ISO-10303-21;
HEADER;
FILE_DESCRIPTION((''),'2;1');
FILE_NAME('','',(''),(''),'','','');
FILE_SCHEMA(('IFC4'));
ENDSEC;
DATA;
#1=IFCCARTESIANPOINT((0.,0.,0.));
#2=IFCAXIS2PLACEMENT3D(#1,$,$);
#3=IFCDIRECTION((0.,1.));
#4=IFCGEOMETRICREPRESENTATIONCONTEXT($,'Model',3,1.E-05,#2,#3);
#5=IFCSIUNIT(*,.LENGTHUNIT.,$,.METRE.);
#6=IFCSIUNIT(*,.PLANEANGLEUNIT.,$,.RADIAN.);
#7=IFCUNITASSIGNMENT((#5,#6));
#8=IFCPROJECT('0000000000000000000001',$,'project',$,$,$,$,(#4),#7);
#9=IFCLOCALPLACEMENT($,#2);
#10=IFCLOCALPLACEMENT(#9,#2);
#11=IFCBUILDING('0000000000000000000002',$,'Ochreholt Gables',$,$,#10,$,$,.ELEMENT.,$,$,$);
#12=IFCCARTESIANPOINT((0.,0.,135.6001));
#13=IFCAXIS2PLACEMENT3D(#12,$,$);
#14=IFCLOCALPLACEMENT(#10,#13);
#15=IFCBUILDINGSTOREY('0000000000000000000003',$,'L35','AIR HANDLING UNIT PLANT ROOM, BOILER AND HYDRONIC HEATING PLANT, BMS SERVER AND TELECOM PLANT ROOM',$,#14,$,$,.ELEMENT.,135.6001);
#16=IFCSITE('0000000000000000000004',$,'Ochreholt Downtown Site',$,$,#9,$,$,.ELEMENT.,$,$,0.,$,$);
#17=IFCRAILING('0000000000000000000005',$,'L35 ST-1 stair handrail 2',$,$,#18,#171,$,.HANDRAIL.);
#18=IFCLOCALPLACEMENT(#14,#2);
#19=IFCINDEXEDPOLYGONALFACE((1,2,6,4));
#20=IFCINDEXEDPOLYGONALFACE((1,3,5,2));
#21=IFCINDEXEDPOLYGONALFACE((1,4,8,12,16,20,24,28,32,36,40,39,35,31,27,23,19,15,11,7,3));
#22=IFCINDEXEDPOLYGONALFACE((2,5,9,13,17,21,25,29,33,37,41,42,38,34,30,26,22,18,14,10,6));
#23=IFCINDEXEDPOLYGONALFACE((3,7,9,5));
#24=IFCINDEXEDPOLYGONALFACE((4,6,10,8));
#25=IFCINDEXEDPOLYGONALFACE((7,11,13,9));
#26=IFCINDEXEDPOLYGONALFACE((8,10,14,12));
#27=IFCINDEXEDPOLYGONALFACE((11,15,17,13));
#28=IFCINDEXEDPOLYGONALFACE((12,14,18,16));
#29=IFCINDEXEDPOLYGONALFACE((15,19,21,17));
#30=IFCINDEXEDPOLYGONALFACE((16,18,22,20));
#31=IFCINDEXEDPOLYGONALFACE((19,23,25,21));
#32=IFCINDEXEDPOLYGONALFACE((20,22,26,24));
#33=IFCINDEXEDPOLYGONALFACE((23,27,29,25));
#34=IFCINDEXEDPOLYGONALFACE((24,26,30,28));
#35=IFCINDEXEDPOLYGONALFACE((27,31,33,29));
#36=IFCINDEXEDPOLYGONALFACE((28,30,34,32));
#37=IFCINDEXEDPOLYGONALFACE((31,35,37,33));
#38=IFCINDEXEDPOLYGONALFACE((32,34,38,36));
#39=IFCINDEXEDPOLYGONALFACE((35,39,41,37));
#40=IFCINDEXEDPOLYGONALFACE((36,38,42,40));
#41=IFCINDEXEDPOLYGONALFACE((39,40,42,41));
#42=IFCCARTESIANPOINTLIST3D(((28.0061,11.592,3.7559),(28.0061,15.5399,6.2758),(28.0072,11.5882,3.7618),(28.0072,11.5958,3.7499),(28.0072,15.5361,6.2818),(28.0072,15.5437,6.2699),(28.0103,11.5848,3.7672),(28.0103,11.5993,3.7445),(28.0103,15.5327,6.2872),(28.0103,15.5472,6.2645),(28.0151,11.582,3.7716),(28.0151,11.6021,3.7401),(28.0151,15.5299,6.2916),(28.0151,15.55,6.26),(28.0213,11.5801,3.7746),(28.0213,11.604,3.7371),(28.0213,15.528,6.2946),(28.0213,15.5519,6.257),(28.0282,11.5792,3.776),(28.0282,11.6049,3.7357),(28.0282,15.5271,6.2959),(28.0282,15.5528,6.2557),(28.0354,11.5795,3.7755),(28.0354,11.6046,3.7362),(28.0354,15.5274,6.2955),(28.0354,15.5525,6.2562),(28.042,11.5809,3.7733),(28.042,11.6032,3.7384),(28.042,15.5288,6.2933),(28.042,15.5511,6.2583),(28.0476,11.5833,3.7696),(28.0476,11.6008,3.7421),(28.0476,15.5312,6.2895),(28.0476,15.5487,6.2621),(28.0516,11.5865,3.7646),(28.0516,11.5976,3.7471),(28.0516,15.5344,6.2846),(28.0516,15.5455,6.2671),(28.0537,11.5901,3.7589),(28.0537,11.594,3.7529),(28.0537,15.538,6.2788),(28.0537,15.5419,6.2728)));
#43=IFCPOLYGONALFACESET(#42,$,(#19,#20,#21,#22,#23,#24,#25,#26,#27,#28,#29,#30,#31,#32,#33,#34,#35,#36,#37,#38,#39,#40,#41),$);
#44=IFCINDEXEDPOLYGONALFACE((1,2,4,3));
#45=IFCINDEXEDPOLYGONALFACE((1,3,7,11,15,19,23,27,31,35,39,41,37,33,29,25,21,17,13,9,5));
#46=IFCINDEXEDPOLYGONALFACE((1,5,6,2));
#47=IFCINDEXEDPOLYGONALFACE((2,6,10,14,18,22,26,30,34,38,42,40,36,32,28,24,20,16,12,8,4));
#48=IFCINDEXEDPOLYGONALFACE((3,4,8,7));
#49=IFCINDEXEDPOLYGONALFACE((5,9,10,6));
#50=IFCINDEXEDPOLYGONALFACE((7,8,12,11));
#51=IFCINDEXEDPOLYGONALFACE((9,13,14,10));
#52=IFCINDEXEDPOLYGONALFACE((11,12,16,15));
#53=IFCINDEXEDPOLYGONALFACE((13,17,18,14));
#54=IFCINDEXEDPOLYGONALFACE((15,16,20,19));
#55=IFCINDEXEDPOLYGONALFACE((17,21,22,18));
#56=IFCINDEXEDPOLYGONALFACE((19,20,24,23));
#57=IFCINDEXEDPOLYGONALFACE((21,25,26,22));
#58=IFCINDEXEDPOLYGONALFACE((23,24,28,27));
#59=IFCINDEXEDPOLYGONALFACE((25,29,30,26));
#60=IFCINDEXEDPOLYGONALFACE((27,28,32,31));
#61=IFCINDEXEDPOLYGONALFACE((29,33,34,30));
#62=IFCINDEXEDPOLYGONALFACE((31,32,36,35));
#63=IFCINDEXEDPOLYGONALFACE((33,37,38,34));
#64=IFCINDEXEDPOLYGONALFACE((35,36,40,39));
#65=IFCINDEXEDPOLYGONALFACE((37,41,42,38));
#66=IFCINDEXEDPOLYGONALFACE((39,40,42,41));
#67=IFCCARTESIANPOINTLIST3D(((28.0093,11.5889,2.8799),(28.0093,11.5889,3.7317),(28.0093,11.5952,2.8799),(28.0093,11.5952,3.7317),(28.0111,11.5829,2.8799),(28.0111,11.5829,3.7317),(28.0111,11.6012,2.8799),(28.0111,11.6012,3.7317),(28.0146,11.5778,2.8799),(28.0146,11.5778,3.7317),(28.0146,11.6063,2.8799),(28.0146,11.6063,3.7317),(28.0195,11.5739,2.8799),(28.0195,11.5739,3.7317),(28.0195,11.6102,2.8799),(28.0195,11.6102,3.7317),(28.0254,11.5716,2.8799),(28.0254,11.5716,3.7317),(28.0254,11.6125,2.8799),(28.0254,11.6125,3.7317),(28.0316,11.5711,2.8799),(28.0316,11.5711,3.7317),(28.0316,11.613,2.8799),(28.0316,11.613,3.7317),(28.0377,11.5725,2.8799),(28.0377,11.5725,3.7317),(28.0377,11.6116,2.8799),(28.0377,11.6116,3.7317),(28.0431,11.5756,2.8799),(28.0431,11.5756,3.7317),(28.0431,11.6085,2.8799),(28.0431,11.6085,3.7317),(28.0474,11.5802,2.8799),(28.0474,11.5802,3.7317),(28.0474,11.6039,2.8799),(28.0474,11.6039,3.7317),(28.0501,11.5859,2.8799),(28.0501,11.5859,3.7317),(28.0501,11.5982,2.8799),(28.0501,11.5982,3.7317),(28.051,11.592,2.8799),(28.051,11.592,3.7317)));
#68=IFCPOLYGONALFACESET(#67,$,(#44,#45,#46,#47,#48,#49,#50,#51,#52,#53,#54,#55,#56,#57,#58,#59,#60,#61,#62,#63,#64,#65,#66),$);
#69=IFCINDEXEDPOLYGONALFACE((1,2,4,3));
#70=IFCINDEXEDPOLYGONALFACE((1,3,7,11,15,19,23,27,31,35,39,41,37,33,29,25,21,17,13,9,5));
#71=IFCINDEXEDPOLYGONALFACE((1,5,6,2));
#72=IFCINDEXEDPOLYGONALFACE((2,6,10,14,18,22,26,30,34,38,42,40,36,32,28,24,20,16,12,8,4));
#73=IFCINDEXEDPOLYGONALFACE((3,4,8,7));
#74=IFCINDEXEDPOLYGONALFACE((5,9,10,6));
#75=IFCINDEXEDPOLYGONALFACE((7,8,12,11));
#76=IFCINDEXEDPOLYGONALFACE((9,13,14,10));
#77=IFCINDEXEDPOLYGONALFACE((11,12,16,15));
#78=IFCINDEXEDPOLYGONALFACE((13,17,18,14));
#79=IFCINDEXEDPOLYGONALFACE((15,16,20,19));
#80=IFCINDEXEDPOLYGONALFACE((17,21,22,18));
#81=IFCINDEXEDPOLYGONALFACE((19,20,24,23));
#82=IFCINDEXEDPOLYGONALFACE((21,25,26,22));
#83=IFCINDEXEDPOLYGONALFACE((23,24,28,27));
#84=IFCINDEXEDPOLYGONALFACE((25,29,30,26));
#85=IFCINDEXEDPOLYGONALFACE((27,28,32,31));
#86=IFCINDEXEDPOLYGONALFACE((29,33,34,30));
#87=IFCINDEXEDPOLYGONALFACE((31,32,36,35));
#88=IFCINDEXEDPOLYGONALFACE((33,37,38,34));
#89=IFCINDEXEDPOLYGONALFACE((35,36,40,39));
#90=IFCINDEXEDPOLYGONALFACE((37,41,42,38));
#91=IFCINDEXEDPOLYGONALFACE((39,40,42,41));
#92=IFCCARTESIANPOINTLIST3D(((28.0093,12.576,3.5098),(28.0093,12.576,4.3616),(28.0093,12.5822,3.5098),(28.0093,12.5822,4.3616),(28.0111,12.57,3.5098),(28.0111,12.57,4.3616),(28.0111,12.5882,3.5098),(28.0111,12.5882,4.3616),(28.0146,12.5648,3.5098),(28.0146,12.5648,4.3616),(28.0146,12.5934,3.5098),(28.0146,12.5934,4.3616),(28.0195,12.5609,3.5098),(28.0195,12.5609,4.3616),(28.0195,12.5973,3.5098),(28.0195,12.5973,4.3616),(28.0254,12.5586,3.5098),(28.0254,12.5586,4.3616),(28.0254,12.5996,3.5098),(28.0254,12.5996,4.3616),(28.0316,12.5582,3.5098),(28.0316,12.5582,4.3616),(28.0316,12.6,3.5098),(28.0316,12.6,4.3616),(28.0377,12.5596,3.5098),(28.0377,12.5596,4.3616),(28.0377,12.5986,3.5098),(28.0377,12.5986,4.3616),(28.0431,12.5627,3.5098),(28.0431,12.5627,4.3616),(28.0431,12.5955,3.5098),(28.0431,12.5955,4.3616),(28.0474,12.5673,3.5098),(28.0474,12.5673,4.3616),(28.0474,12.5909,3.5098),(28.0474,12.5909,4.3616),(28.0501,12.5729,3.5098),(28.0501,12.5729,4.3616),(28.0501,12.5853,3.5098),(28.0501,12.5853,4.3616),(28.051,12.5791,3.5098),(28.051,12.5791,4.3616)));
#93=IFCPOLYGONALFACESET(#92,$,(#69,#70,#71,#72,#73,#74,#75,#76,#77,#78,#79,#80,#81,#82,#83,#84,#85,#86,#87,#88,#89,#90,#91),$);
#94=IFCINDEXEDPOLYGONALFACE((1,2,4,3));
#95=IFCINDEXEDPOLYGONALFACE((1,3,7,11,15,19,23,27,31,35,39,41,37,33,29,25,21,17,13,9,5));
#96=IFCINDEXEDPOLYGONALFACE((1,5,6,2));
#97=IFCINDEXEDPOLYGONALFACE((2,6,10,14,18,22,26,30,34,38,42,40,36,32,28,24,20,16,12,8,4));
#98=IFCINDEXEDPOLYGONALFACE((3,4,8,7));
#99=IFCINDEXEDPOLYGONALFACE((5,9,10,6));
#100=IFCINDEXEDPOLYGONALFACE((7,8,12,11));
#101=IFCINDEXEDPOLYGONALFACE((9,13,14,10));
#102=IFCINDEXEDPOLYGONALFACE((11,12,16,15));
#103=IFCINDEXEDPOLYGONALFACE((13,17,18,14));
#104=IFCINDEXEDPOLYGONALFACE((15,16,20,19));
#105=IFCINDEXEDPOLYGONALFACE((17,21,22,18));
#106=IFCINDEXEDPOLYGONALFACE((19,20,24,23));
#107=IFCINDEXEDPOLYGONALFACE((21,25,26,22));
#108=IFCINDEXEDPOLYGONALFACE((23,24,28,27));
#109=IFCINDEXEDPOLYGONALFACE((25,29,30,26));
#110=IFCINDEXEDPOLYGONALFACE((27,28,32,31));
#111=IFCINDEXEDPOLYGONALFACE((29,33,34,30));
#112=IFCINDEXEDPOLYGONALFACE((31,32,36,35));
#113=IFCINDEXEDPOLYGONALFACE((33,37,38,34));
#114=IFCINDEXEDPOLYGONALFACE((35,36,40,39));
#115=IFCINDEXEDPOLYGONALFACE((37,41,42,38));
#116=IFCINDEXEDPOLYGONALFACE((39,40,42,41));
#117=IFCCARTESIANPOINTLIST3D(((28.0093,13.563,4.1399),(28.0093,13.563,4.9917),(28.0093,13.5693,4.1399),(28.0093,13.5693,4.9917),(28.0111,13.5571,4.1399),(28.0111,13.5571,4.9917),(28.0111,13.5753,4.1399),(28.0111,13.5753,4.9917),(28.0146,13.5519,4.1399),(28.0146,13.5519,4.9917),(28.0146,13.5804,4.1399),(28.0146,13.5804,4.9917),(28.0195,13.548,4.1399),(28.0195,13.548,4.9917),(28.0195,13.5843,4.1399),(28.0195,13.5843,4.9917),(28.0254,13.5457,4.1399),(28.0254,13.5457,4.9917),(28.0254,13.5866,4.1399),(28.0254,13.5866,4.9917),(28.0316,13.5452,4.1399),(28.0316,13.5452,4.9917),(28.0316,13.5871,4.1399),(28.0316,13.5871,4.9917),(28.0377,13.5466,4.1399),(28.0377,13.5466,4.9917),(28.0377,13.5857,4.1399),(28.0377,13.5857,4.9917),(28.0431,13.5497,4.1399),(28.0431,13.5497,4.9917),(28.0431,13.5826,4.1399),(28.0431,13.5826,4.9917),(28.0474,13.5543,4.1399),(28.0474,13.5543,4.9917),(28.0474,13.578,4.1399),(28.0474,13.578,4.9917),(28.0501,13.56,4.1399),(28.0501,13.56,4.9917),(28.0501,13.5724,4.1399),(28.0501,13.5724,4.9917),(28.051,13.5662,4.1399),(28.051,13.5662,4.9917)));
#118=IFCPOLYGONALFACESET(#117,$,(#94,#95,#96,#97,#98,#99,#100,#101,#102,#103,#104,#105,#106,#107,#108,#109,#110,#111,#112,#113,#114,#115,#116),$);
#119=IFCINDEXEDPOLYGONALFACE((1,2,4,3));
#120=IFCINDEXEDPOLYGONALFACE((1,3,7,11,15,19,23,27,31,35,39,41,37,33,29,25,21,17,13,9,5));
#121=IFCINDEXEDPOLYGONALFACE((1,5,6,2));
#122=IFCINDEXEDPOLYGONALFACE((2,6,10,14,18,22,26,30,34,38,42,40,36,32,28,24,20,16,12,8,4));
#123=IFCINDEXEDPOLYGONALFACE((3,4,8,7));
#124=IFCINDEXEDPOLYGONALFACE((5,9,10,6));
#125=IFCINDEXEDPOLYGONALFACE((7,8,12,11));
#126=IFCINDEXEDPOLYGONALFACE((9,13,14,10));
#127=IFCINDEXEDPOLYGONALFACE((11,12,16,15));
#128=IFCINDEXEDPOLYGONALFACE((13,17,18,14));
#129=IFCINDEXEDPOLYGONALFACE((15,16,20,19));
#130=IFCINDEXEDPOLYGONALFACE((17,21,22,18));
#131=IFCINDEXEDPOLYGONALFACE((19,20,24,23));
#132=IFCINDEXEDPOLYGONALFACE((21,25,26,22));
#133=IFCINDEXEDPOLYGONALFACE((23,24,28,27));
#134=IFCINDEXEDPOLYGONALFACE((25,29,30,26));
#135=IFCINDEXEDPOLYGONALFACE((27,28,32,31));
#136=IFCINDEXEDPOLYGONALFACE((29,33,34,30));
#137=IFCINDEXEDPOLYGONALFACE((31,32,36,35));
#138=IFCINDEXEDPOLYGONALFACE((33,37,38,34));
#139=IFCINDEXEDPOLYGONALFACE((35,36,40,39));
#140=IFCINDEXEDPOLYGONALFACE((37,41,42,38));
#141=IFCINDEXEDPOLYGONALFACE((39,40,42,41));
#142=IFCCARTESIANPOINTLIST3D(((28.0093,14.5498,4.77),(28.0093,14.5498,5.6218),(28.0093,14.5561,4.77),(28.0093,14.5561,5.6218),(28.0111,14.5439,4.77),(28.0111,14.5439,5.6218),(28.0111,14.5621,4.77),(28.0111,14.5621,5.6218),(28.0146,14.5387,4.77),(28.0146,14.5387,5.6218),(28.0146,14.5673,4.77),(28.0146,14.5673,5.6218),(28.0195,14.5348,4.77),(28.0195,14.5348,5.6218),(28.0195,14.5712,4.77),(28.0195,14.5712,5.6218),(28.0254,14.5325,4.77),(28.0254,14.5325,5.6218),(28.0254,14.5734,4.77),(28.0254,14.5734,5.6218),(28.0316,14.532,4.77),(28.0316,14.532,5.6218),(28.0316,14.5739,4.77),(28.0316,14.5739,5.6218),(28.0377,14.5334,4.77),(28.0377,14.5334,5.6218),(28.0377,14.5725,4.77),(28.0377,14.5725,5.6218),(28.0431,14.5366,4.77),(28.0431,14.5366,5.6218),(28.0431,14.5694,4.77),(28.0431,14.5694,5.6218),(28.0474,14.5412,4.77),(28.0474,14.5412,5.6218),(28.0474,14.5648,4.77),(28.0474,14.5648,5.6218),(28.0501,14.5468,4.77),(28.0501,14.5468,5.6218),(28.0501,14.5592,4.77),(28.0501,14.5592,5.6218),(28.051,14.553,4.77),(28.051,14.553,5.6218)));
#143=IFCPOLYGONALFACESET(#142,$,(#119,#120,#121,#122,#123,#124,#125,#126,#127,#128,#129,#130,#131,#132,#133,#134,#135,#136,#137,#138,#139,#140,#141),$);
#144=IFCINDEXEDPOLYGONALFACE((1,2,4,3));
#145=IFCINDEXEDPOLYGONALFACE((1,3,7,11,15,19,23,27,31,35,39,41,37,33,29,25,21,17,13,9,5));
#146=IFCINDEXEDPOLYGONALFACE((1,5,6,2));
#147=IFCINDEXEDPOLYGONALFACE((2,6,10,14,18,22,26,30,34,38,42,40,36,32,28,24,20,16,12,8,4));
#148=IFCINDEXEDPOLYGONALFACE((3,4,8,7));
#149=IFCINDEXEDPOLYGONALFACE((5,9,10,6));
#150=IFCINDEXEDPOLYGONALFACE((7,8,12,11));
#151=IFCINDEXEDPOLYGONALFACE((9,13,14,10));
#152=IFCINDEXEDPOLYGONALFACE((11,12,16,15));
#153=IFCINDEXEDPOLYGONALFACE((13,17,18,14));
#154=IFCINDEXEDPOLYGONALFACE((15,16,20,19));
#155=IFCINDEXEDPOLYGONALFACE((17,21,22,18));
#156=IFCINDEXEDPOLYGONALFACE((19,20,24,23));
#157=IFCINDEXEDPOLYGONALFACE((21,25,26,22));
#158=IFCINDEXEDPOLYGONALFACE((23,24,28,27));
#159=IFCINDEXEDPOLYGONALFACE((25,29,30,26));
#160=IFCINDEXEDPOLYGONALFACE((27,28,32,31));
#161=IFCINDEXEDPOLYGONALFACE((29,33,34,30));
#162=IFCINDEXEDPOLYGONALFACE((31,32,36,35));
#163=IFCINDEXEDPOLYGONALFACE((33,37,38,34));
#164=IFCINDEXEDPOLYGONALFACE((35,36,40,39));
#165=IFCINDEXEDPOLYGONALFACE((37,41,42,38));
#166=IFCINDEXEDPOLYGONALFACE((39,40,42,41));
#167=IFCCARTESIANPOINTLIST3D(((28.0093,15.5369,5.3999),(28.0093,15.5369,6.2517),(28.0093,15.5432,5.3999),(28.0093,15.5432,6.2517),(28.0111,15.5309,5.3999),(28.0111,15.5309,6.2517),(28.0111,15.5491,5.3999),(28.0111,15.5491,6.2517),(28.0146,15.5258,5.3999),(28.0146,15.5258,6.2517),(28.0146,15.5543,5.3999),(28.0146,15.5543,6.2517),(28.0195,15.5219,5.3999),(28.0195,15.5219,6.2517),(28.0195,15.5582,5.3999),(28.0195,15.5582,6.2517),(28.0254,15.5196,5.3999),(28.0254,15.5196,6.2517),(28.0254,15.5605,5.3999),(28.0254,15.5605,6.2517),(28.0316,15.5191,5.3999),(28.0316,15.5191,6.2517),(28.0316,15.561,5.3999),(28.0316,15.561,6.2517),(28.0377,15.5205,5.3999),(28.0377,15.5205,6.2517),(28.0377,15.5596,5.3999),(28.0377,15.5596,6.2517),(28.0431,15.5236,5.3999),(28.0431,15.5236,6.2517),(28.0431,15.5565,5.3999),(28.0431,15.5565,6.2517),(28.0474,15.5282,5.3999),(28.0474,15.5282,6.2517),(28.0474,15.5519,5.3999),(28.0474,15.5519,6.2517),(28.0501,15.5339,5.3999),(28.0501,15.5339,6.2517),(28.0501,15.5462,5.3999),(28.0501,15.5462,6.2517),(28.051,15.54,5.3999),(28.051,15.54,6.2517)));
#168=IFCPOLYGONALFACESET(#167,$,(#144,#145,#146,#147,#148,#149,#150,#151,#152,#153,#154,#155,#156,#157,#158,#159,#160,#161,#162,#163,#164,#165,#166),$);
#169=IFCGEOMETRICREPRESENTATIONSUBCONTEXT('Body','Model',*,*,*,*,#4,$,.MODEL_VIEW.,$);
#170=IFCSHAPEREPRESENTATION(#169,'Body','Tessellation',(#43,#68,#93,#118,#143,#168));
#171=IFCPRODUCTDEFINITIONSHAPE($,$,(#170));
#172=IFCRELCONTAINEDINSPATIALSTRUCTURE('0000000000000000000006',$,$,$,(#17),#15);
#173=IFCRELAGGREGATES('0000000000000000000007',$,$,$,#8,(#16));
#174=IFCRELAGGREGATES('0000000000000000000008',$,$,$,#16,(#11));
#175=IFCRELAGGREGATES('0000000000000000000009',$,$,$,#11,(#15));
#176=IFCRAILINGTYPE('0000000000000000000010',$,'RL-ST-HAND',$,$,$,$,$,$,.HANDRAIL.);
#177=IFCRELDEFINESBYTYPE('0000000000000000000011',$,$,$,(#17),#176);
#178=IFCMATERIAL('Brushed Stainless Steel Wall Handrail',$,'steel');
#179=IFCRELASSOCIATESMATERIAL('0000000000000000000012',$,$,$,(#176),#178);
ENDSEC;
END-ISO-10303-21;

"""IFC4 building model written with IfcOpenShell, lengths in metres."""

from ifc_helpers import new_model, si_unit, direction, frame, origin, origin_2d, place, context, subcontext, project, spatial, circle, extrude, material, type_object, element, save


model = new_model("IFC4")

# Units and contexts
model_context = context("Model", 3, precision=1e-05, world=origin(), true_north=direction((0.0, 1.0)))
body_context = subcontext(model_context, "Body", "Model", "MODEL_VIEW")
ifc_project = project(units=[si_unit("LENGTHUNIT", "METRE"), si_unit("PLANEANGLEUNIT", "RADIAN")], contexts=[model_context])

# Site, building, storey
site_placement = place(None, origin())
site = spatial("IfcSite", under=ifc_project, at=site_placement, Name="Ochreholt Downtown Site", CompositionType="ELEMENT", RefElevation=0.0)
building_placement = place(site_placement, origin())
building = spatial("IfcBuilding", under=site, at=building_placement, Name="Ochreholt Gables", CompositionType="ELEMENT")
storey_placement = place(building_placement, frame((0.0, 0.0, 135.6001)))
storey = spatial("IfcBuildingStorey", under=building, at=storey_placement, Name="L35", Description="AIR HANDLING UNIT PLANT ROOM, BOILER AND HYDRONIC HEATING PLANT, BMS SERVER AND TELECOM PLANT ROOM", CompositionType="ELEMENT", Elevation=135.6001)

# Railing
ifc_material_1 = material(Name="Brushed Stainless Steel Wall Handrail", Category="steel")
railing_type_1 = type_object("IfcRailingType", Name="RL-ST-HAND", PredefinedType="HANDRAIL", material=ifc_material_1)
railing_1_placement = place(storey_placement, frame((28.03, 11.592, 2.8799)))
element("IfcRailing", 1, at=railing_1_placement, inside=storey, type_object=railing_type_1, Name="L35 ST-1 stair handrail 2", PredefinedType="HANDRAIL", context=body_context, shape_type="SweptSolid", body=[
    extrude(circle(Radius=0.0239, at=origin_2d()), frame((0.0, 0.0, 0.876), z_axis=(0.0, 0.84292, 0.538039), x_axis=(-1.0, 0.0, 0.0)), (0.0, 0.0, 1.0), 4.6836),
    extrude(circle(Radius=0.021, at=origin_2d()), origin(), (0.0, 0.0, 1.0), 0.8518),
    extrude(circle(Radius=0.021, at=origin_2d()), frame((0.0, 0.9871, 0.6299)), (0.0, 0.0, 1.0), 0.8518),
    extrude(circle(Radius=0.021, at=origin_2d()), frame((0.0, 1.9741, 1.26)), (0.0, 0.0, 1.0), 0.8518),
    extrude(circle(Radius=0.021, at=origin_2d()), frame((0.0, 2.9609, 1.8901)), (0.0, 0.0, 1.0), 0.8518),
    extrude(circle(Radius=0.021, at=origin_2d()), frame((0.0, 3.948, 2.52)), (0.0, 0.0, 1.0), 0.8518),
])

save(model, "model.ifc")
